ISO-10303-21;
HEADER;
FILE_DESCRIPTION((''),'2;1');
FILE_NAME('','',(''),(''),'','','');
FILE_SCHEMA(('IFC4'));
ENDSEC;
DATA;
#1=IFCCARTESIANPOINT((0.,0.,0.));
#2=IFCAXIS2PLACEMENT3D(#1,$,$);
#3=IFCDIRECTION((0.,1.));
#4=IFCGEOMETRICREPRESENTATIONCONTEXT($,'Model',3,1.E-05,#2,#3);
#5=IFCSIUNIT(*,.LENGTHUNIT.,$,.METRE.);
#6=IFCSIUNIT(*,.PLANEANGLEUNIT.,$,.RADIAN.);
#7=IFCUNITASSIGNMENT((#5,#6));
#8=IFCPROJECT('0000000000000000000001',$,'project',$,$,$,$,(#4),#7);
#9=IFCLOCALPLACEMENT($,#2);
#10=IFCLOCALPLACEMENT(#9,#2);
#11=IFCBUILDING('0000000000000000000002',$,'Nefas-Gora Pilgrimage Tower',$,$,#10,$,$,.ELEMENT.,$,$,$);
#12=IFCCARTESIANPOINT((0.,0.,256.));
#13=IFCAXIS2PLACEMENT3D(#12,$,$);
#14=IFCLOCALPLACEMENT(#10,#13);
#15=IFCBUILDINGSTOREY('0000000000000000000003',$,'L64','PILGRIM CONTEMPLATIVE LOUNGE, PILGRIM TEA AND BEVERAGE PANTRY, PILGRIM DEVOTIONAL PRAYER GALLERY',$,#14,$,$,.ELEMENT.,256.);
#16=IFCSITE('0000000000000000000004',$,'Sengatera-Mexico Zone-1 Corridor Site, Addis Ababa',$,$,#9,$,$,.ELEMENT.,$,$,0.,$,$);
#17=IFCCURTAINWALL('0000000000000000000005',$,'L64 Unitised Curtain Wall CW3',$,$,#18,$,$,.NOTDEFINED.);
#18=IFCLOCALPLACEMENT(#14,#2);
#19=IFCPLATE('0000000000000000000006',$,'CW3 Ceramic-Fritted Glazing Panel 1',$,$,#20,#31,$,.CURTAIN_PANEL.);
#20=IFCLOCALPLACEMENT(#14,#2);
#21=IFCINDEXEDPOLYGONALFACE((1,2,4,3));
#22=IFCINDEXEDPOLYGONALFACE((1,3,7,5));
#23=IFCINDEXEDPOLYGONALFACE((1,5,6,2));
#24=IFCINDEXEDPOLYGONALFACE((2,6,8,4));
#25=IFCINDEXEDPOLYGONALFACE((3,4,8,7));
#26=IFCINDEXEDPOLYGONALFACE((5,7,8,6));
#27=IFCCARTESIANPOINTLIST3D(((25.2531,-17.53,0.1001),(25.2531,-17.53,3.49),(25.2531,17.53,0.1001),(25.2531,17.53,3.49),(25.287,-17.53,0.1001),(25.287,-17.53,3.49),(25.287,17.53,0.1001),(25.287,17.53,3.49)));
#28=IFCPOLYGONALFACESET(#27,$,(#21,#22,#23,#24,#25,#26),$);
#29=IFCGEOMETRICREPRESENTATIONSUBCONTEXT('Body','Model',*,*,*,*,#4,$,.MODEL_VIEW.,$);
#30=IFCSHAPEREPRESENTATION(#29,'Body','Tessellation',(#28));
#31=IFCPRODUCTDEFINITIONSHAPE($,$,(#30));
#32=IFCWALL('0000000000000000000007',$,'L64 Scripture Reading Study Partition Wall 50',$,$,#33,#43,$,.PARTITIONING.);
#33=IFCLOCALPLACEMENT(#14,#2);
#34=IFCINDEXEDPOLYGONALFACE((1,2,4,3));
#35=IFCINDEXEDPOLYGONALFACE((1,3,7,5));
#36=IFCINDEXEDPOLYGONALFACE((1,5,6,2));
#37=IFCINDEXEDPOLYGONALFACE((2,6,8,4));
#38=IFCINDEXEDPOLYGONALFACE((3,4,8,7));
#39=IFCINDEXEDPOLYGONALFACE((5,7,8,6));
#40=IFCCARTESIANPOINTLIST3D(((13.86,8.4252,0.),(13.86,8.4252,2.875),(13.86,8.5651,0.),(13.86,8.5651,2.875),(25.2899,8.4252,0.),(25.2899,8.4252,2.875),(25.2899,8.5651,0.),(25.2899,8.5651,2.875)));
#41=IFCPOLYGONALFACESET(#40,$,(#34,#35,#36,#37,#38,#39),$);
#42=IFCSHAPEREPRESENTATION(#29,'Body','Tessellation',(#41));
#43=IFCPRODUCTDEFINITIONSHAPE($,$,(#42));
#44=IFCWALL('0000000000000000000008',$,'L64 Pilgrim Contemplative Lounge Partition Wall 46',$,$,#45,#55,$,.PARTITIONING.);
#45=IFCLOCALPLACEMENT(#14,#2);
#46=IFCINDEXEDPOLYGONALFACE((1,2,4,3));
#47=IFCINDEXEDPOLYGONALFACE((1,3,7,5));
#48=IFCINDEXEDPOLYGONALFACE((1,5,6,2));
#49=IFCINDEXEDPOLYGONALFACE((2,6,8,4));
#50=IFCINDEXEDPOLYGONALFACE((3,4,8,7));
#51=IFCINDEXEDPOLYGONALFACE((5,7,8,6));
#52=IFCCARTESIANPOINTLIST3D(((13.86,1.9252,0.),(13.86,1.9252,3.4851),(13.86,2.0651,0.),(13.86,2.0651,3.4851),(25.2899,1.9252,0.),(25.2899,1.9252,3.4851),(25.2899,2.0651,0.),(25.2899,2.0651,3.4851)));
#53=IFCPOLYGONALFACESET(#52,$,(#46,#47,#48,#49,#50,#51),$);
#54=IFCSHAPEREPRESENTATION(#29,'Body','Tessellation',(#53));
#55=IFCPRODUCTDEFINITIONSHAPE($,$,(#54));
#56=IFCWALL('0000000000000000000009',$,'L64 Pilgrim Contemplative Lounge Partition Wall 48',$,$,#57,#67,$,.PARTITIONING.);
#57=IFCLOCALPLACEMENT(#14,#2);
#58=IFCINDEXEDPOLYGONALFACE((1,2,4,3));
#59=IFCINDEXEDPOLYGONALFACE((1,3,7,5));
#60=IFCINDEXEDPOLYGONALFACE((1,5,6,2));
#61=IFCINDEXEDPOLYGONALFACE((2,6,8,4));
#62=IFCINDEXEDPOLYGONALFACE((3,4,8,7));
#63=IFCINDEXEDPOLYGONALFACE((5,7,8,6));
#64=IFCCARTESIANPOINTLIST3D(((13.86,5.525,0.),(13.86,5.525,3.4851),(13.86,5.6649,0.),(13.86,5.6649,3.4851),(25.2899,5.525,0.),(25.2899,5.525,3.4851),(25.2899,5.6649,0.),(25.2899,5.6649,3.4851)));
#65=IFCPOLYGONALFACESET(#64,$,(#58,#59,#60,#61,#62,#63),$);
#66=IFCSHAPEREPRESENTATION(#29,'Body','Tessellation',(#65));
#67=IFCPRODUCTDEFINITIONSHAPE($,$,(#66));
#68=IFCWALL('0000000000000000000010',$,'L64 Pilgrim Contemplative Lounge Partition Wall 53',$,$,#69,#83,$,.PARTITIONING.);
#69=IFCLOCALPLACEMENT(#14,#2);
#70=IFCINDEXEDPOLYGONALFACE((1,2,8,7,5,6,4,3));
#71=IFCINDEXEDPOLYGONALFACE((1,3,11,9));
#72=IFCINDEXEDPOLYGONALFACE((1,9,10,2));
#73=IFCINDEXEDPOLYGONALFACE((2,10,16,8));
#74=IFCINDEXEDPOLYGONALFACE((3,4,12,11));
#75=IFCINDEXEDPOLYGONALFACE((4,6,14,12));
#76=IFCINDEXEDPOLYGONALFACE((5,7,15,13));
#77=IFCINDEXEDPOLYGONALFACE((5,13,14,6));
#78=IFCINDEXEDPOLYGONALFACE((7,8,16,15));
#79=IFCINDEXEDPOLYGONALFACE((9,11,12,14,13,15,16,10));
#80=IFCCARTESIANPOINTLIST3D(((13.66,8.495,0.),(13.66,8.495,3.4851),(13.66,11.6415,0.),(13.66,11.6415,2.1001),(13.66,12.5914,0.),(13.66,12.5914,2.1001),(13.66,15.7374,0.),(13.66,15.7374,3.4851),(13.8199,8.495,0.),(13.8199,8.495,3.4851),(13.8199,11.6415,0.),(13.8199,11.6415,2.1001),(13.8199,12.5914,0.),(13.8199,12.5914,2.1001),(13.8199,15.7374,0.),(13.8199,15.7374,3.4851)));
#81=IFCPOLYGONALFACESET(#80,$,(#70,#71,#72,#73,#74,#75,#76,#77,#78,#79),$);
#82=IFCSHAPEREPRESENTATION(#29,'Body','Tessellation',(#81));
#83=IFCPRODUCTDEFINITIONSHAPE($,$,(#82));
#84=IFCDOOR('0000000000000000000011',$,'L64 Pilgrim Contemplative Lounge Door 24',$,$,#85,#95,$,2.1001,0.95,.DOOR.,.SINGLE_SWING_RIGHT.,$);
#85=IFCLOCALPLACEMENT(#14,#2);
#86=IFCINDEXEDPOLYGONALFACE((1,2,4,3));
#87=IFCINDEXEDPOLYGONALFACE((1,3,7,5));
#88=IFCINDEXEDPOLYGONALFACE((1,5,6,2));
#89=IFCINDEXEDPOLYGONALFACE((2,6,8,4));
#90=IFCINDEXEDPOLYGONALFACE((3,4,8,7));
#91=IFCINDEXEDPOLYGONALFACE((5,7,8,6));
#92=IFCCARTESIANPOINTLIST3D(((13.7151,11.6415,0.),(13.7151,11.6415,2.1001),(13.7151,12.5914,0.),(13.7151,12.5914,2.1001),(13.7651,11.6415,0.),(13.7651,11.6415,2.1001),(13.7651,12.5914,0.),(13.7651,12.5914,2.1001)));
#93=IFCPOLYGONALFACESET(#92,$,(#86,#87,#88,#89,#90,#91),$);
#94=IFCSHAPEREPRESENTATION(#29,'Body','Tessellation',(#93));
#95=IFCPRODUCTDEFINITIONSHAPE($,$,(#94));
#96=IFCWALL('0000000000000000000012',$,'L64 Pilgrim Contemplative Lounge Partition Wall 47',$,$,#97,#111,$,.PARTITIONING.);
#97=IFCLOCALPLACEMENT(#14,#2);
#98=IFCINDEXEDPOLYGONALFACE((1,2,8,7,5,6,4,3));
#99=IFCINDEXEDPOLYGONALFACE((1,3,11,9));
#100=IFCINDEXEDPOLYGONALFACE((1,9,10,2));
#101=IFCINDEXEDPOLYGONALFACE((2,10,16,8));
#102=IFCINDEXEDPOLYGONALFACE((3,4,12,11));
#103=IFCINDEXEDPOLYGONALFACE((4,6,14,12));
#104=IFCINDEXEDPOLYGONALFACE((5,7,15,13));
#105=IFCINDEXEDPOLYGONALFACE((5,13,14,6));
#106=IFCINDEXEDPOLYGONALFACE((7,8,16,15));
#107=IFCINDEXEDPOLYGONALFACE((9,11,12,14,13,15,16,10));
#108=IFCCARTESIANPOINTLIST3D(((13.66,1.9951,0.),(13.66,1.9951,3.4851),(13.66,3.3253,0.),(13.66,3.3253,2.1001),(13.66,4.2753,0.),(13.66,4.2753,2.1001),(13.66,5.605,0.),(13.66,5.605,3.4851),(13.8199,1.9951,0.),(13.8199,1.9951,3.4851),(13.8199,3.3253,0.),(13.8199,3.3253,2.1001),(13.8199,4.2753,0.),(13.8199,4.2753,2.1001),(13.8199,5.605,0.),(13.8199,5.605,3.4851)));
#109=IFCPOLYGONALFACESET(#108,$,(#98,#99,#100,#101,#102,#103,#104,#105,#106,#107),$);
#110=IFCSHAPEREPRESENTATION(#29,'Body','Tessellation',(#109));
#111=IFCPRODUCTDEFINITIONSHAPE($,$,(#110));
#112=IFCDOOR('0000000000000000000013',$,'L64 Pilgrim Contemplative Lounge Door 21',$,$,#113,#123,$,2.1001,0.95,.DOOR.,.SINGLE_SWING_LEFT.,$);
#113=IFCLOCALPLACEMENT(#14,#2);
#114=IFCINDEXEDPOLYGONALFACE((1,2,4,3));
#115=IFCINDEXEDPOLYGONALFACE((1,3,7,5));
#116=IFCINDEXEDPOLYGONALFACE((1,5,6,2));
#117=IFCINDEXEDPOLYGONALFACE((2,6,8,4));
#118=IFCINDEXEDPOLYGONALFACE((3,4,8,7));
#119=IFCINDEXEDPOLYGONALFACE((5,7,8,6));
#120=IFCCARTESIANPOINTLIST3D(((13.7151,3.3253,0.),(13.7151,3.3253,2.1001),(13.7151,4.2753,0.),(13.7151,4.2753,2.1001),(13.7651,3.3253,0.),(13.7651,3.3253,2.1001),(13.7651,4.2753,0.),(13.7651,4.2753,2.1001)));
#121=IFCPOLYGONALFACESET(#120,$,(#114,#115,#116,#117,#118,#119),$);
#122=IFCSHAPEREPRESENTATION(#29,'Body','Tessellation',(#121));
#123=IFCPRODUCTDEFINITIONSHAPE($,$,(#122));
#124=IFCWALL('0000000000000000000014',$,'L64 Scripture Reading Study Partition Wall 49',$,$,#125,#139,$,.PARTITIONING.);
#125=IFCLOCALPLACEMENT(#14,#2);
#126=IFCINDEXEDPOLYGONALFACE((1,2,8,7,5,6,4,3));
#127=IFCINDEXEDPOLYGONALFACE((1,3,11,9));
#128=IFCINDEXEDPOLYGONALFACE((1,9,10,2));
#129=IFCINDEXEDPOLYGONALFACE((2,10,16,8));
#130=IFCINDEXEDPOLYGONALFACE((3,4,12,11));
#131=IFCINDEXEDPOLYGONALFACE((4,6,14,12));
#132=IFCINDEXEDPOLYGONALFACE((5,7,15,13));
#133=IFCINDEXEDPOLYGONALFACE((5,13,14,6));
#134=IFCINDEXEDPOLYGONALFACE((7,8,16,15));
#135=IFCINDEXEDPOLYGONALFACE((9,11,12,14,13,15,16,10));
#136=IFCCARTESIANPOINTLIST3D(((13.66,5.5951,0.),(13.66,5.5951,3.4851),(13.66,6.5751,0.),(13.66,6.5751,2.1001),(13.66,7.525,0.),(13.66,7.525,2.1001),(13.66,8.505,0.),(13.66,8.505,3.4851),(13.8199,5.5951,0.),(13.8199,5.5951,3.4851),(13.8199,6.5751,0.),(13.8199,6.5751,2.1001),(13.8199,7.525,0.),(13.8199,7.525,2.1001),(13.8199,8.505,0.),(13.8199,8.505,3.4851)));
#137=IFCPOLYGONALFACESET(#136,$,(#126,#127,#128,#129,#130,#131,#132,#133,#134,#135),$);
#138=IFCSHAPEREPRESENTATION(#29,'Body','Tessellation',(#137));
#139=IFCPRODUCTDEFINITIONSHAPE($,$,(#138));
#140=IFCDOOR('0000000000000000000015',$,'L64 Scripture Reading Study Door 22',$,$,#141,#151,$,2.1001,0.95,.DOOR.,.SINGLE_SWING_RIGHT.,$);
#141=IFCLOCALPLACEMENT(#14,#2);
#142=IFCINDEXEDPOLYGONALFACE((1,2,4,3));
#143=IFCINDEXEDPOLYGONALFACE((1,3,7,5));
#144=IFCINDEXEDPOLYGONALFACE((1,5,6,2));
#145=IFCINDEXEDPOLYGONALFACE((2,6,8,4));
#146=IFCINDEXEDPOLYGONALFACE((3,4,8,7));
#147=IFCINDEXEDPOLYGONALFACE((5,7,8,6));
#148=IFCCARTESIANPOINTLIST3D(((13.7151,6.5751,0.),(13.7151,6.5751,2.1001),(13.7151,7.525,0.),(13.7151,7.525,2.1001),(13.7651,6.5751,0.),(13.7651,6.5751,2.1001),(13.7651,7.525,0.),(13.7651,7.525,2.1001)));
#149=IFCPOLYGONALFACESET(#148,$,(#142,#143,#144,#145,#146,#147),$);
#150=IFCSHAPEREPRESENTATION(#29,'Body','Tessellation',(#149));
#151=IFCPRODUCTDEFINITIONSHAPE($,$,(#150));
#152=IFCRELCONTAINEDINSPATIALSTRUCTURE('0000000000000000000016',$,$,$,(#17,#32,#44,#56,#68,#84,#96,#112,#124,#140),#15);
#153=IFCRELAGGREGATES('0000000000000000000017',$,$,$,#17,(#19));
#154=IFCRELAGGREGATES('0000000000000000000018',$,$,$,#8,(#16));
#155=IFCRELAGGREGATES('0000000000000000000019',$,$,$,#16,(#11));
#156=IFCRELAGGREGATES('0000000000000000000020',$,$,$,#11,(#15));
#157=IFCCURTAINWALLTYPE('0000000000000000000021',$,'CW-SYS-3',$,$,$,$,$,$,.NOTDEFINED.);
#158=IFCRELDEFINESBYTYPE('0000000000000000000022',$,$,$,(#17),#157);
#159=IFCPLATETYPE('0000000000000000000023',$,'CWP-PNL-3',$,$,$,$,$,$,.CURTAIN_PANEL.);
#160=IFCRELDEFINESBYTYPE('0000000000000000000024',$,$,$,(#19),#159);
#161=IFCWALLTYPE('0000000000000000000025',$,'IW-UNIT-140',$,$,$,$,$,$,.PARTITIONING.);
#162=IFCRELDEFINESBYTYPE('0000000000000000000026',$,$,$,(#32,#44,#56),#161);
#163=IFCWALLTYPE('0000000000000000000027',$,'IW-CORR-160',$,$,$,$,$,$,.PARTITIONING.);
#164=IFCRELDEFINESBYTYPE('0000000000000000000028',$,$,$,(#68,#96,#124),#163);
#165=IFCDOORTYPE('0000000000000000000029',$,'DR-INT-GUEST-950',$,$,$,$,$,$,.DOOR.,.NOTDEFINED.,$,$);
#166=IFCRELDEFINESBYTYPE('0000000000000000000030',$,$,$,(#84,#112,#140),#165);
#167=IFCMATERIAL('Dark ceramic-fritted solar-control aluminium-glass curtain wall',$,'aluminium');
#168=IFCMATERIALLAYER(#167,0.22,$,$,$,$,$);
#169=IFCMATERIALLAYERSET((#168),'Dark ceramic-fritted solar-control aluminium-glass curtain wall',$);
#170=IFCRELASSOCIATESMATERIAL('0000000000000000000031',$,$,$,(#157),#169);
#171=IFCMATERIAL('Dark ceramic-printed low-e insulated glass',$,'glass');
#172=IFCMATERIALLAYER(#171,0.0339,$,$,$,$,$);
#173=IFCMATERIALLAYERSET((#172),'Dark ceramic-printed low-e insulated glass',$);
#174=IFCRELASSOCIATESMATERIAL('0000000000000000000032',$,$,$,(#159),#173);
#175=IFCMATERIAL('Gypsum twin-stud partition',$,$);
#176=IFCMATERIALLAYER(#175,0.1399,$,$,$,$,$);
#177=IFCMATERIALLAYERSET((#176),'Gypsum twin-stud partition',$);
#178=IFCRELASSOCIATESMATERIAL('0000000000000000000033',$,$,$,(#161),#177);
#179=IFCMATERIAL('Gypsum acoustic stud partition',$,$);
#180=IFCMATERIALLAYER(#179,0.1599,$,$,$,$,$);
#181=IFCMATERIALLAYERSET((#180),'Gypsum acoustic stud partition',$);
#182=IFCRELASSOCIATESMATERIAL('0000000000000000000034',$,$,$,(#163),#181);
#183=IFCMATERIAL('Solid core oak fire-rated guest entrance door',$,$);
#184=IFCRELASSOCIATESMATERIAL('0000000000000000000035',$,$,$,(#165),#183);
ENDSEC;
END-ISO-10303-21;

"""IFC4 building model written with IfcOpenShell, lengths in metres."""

from ifc_helpers import new_model, si_unit, direction, frame, frame_2d, origin, origin_2d, place, context, subcontext, project, spatial, rectangle, extrude, source, transform, mapped, material, layer, layer_set, type_object, element, fill, aggregate, save


model = new_model("IFC4")

# Units and contexts
model_context = context("Model", 3, precision=1e-05, world=origin(), true_north=direction((0.0, 1.0)))
body_context = subcontext(model_context, "Body", "Model", "MODEL_VIEW")
ifc_project = project(units=[si_unit("LENGTHUNIT", "METRE"), si_unit("PLANEANGLEUNIT", "RADIAN")], contexts=[model_context])

# Site, building, storey
site_placement = place(None, origin())
site = spatial("IfcSite", under=ifc_project, at=site_placement, Name="Sengatera-Mexico Zone-1 Corridor Site, Addis Ababa", CompositionType="ELEMENT", RefElevation=0.0)
building_placement = place(site_placement, origin())
building = spatial("IfcBuilding", under=site, at=building_placement, Name="Nefas-Gora Pilgrimage Tower", CompositionType="ELEMENT")
storey_placement = place(building_placement, frame((0.0, 0.0, 256.0)))
storey = spatial("IfcBuildingStorey", under=building, at=storey_placement, Name="L64", Description="PILGRIM CONTEMPLATIVE LOUNGE, PILGRIM TEA AND BEVERAGE PANTRY, PILGRIM DEVOTIONAL PRAYER GALLERY", CompositionType="ELEMENT", Elevation=256.0)

# Curtain wall, plate
ifc_material_1 = material(Name="Dark ceramic-fritted solar-control aluminium-glass curtain wall", Category="aluminium")
ifc_layer_1 = layer(ifc_material_1, 0.22)
ifc_layer_set_1 = layer_set([ifc_layer_1], Name="Dark ceramic-fritted solar-control aluminium-glass curtain wall")
curtain_wall_type = type_object("IfcCurtainWallType", Name="CW-SYS-3", PredefinedType="NOTDEFINED", material=ifc_layer_set_1)
curtain_wall_placement = place(storey_placement, origin())
curtain_wall = element("IfcCurtainWall", 1, at=curtain_wall_placement, inside=storey, type_object=curtain_wall_type, Name="L64 Unitised Curtain Wall CW3", PredefinedType="NOTDEFINED")
ifc_material_2 = material(Name="Dark ceramic-printed low-e insulated glass", Category="glass")
ifc_layer_2 = layer(ifc_material_2, 0.0339)
ifc_layer_set_2 = layer_set([ifc_layer_2], Name="Dark ceramic-printed low-e insulated glass")
plate_type = type_object("IfcPlateType", Name="CWP-PNL-3", PredefinedType="CURTAIN_PANEL", material=ifc_layer_set_2)
shared_shape_1 = source(origin(), body_context, "Body", "SweptSolid", [
    extrude(rectangle(XDim=35.0601, YDim=0.0339, at=origin_2d()), origin(), (0.0, 0.0, 1.0), 3.3899),
])
plate_placement = place(storey_placement, frame((25.27, 0.0, 0.1001), z_axis=(0.0, 0.0, 1.0), x_axis=(0.0, 1.0, 0.0)))
plate = element("IfcPlate", 2, at=plate_placement, type_object=plate_type, Name="CW3 Ceramic-Fritted Glazing Panel 1", PredefinedType="CURTAIN_PANEL", context=body_context, shape_type="MappedRepresentation", body=[
    mapped(shared_shape_1, transform((0.0, 0.0, 0.0), x_axis=(1.0, 0.0, 0.0), y_axis=(0.0, 1.0, 0.0), z_axis=(0.0, 0.0, 1.0), scale=1.0)),
])
aggregate(curtain_wall, [plate])

# Walls
ifc_material_3 = material(Name="Gypsum twin-stud partition")
ifc_layer_3 = layer(ifc_material_3, 0.1399)
ifc_layer_set_3 = layer_set([ifc_layer_3], Name="Gypsum twin-stud partition")
wall_type_1 = type_object("IfcWallType", Name="IW-UNIT-140", PredefinedType="PARTITIONING", material=ifc_layer_set_3)
shared_shape_2 = source(origin(), body_context, "Body", "SweptSolid", [
    extrude(rectangle(XDim=11.4299, YDim=0.1399, at=frame_2d((5.7148, 0.0))), origin(), (0.0, 0.0, 1.0), 2.875),
])
wall_1_placement = place(storey_placement, frame((13.8601, 8.4951, 0.0), z_axis=(0.0, 0.0, 1.0), x_axis=(1.0, 0.0, 0.0)))
element("IfcWall", 3, at=wall_1_placement, inside=storey, type_object=wall_type_1, Name="L64 Scripture Reading Study Partition Wall 50", PredefinedType="PARTITIONING", context=body_context, shape_type="MappedRepresentation", body=[
    mapped(shared_shape_2, transform((0.0, 0.0, 0.0), x_axis=(1.0, 0.0, 0.0), y_axis=(0.0, 1.0, 0.0), z_axis=(0.0, 0.0, 1.0), scale=1.0)),
])
shared_shape_3 = source(origin(), body_context, "Body", "SweptSolid", [
    extrude(rectangle(XDim=11.4299, YDim=0.1399, at=frame_2d((5.7148, 0.0))), origin(), (0.0, 0.0, 1.0), 3.4851),
])
for number, where, z_axis, x_axis, name in (
    (4, (13.8601, 1.9951, 0.0), (0.0, 0.0, 1.0), (1.0, 0.0, 0.0), "L64 Pilgrim Contemplative Lounge Partition Wall 46"),
    (5, (13.8601, 5.595, 0.0), (0.0, 0.0, 1.0), (1.0, 0.0, 0.0), "L64 Pilgrim Contemplative Lounge Partition Wall 48"),
):
    element("IfcWall", number, at=place(storey_placement, frame(where, z_axis=z_axis, x_axis=x_axis)), inside=storey, type_object=wall_type_1, Name=name, PredefinedType="PARTITIONING", context=body_context, shape_type="MappedRepresentation", body=[
        mapped(shared_shape_3, transform((0.0, 0.0, 0.0), x_axis=(1.0, 0.0, 0.0), y_axis=(0.0, 1.0, 0.0), z_axis=(0.0, 0.0, 1.0), scale=1.0)),
    ])

# Walls, openings, doors
ifc_material_4 = material(Name="Gypsum acoustic stud partition")
ifc_layer_4 = layer(ifc_material_4, 0.1599)
ifc_layer_set_4 = layer_set([ifc_layer_4], Name="Gypsum acoustic stud partition")
wall_type_2 = type_object("IfcWallType", Name="IW-CORR-160", PredefinedType="PARTITIONING", material=ifc_layer_set_4)
shared_shape_4 = source(origin(), body_context, "Body", "SweptSolid", [
    extrude(rectangle(XDim=7.2424, YDim=0.1599, at=frame_2d((3.6211, 0.0))), origin(), (0.0, 0.0, 1.0), 3.4851),
])
wall_2_placement = place(storey_placement, frame((13.74, 8.4951, 0.0), z_axis=(0.0, 0.0, 1.0), x_axis=(0.0, 1.0, 0.0)))
wall_2 = element("IfcWall", 6, at=wall_2_placement, inside=storey, type_object=wall_type_2, Name="L64 Pilgrim Contemplative Lounge Partition Wall 53", PredefinedType="PARTITIONING", context=body_context, shape_type="MappedRepresentation", body=[
    mapped(shared_shape_4, transform((0.0, 0.0, 0.0), x_axis=(1.0, 0.0, 0.0), y_axis=(0.0, 1.0, 0.0), z_axis=(0.0, 0.0, 1.0), scale=1.0)),
])
opening_1_placement = place(wall_2_placement, frame((3.1462, 0.0, 0.0)))
opening_1 = element("IfcOpeningElement", 7, at=opening_1_placement, cuts=wall_2, PredefinedType="OPENING", context=body_context, shape_type="SweptSolid", body=[
    extrude(rectangle(XDim=0.95, YDim=2.1001, at=frame_2d((0.4751, 1.05))), frame((0.0, 0.0898, 0.0), z_axis=(0.0, -1.0, 0.0), x_axis=(1.0, 0.0, 0.0)), (0.0, 0.0, 1.0), 0.1799),
])
ifc_material_5 = material(Name="Solid core oak fire-rated guest entrance door")
door_type = type_object("IfcDoorType", Name="DR-INT-GUEST-950", OperationType="NOTDEFINED", PredefinedType="DOOR", material=ifc_material_5)
shared_shape_5 = source(origin(), body_context, "Body", "SweptSolid", [
    extrude(rectangle(XDim=0.95, YDim=2.1001, at=frame_2d((0.4751, 1.05))), frame((0.0, 0.0249, 0.0), z_axis=(0.0, -1.0, 0.0), x_axis=(1.0, 0.0, 0.0)), (0.0, 0.0, 1.0), 0.05),
])
door_1_placement = place(opening_1_placement, origin())
door_1 = element("IfcDoor", 8, at=door_1_placement, inside=storey, type_object=door_type, Name="L64 Pilgrim Contemplative Lounge Door 24", OperationType="SINGLE_SWING_RIGHT", OverallHeight=2.1001, OverallWidth=0.95, PredefinedType="DOOR", context=body_context, shape_type="MappedRepresentation", body=[
    mapped(shared_shape_5, transform((0.0, 0.0, 0.0), x_axis=(1.0, 0.0, 0.0), y_axis=(0.0, 1.0, 0.0), z_axis=(0.0, 0.0, 1.0), scale=1.0)),
])
fill(opening_1, door_1)
shared_shape_6 = source(origin(), body_context, "Body", "SweptSolid", [
    extrude(rectangle(XDim=3.6099, YDim=0.1599, at=frame_2d((1.8049, 0.0))), origin(), (0.0, 0.0, 1.0), 3.4851),
])
wall_3_placement = place(storey_placement, frame((13.74, 1.9951, 0.0), z_axis=(0.0, 0.0, 1.0), x_axis=(0.0, 1.0, 0.0)))
wall_3 = element("IfcWall", 9, at=wall_3_placement, inside=storey, type_object=wall_type_2, Name="L64 Pilgrim Contemplative Lounge Partition Wall 47", PredefinedType="PARTITIONING", context=body_context, shape_type="MappedRepresentation", body=[
    mapped(shared_shape_6, transform((0.0, 0.0, 0.0), x_axis=(1.0, 0.0, 0.0), y_axis=(0.0, 1.0, 0.0), z_axis=(0.0, 0.0, 1.0), scale=1.0)),
])
opening_2_placement = place(wall_3_placement, frame((1.3301, 0.0, 0.0)))
opening_2 = element("IfcOpeningElement", 10, at=opening_2_placement, cuts=wall_3, PredefinedType="OPENING", context=body_context, shape_type="SweptSolid", body=[
    extrude(rectangle(XDim=0.95, YDim=2.1001, at=frame_2d((0.4751, 1.05))), frame((0.0, 0.0898, 0.0), z_axis=(0.0, -1.0, 0.0), x_axis=(1.0, 0.0, 0.0)), (0.0, 0.0, 1.0), 0.1799),
])
door_2_placement = place(opening_2_placement, origin())
door_2 = element("IfcDoor", 11, at=door_2_placement, inside=storey, type_object=door_type, Name="L64 Pilgrim Contemplative Lounge Door 21", OperationType="SINGLE_SWING_LEFT", OverallHeight=2.1001, OverallWidth=0.95, PredefinedType="DOOR", context=body_context, shape_type="MappedRepresentation", body=[
    mapped(shared_shape_5, transform((0.0, 0.0, 0.0), x_axis=(1.0, 0.0, 0.0), y_axis=(0.0, 1.0, 0.0), z_axis=(0.0, 0.0, 1.0), scale=1.0)),
])
fill(opening_2, door_2)
shared_shape_7 = source(origin(), body_context, "Body", "SweptSolid", [
    extrude(rectangle(XDim=2.9099, YDim=0.1599, at=frame_2d((1.4551, 0.0))), origin(), (0.0, 0.0, 1.0), 3.4851),
])
wall_4_placement = place(storey_placement, frame((13.74, 5.595, 0.0), z_axis=(0.0, 0.0, 1.0), x_axis=(0.0, 1.0, 0.0)))
wall_4 = element("IfcWall", 12, at=wall_4_placement, inside=storey, type_object=wall_type_2, Name="L64 Scripture Reading Study Partition Wall 49", PredefinedType="PARTITIONING", context=body_context, shape_type="MappedRepresentation", body=[
    mapped(shared_shape_7, transform((0.0, 0.0, 0.0), x_axis=(1.0, 0.0, 0.0), y_axis=(0.0, 1.0, 0.0), z_axis=(0.0, 0.0, 1.0), scale=1.0)),
])
opening_3_placement = place(wall_4_placement, frame((0.98, 0.0, 0.0)))
opening_3 = element("IfcOpeningElement", 13, at=opening_3_placement, cuts=wall_4, PredefinedType="OPENING", context=body_context, shape_type="SweptSolid", body=[
    extrude(rectangle(XDim=0.95, YDim=2.1001, at=frame_2d((0.4751, 1.05))), frame((0.0, 0.0898, 0.0), z_axis=(0.0, -1.0, 0.0), x_axis=(1.0, 0.0, 0.0)), (0.0, 0.0, 1.0), 0.1799),
])
door_3_placement = place(opening_3_placement, origin())
door_3 = element("IfcDoor", 14, at=door_3_placement, inside=storey, type_object=door_type, Name="L64 Scripture Reading Study Door 22", OperationType="SINGLE_SWING_RIGHT", OverallHeight=2.1001, OverallWidth=0.95, PredefinedType="DOOR", context=body_context, shape_type="MappedRepresentation", body=[
    mapped(shared_shape_5, transform((0.0, 0.0, 0.0), x_axis=(1.0, 0.0, 0.0), y_axis=(0.0, 1.0, 0.0), z_axis=(0.0, 0.0, 1.0), scale=1.0)),
])
fill(opening_3, door_3)

save(model, "model.ifc")
